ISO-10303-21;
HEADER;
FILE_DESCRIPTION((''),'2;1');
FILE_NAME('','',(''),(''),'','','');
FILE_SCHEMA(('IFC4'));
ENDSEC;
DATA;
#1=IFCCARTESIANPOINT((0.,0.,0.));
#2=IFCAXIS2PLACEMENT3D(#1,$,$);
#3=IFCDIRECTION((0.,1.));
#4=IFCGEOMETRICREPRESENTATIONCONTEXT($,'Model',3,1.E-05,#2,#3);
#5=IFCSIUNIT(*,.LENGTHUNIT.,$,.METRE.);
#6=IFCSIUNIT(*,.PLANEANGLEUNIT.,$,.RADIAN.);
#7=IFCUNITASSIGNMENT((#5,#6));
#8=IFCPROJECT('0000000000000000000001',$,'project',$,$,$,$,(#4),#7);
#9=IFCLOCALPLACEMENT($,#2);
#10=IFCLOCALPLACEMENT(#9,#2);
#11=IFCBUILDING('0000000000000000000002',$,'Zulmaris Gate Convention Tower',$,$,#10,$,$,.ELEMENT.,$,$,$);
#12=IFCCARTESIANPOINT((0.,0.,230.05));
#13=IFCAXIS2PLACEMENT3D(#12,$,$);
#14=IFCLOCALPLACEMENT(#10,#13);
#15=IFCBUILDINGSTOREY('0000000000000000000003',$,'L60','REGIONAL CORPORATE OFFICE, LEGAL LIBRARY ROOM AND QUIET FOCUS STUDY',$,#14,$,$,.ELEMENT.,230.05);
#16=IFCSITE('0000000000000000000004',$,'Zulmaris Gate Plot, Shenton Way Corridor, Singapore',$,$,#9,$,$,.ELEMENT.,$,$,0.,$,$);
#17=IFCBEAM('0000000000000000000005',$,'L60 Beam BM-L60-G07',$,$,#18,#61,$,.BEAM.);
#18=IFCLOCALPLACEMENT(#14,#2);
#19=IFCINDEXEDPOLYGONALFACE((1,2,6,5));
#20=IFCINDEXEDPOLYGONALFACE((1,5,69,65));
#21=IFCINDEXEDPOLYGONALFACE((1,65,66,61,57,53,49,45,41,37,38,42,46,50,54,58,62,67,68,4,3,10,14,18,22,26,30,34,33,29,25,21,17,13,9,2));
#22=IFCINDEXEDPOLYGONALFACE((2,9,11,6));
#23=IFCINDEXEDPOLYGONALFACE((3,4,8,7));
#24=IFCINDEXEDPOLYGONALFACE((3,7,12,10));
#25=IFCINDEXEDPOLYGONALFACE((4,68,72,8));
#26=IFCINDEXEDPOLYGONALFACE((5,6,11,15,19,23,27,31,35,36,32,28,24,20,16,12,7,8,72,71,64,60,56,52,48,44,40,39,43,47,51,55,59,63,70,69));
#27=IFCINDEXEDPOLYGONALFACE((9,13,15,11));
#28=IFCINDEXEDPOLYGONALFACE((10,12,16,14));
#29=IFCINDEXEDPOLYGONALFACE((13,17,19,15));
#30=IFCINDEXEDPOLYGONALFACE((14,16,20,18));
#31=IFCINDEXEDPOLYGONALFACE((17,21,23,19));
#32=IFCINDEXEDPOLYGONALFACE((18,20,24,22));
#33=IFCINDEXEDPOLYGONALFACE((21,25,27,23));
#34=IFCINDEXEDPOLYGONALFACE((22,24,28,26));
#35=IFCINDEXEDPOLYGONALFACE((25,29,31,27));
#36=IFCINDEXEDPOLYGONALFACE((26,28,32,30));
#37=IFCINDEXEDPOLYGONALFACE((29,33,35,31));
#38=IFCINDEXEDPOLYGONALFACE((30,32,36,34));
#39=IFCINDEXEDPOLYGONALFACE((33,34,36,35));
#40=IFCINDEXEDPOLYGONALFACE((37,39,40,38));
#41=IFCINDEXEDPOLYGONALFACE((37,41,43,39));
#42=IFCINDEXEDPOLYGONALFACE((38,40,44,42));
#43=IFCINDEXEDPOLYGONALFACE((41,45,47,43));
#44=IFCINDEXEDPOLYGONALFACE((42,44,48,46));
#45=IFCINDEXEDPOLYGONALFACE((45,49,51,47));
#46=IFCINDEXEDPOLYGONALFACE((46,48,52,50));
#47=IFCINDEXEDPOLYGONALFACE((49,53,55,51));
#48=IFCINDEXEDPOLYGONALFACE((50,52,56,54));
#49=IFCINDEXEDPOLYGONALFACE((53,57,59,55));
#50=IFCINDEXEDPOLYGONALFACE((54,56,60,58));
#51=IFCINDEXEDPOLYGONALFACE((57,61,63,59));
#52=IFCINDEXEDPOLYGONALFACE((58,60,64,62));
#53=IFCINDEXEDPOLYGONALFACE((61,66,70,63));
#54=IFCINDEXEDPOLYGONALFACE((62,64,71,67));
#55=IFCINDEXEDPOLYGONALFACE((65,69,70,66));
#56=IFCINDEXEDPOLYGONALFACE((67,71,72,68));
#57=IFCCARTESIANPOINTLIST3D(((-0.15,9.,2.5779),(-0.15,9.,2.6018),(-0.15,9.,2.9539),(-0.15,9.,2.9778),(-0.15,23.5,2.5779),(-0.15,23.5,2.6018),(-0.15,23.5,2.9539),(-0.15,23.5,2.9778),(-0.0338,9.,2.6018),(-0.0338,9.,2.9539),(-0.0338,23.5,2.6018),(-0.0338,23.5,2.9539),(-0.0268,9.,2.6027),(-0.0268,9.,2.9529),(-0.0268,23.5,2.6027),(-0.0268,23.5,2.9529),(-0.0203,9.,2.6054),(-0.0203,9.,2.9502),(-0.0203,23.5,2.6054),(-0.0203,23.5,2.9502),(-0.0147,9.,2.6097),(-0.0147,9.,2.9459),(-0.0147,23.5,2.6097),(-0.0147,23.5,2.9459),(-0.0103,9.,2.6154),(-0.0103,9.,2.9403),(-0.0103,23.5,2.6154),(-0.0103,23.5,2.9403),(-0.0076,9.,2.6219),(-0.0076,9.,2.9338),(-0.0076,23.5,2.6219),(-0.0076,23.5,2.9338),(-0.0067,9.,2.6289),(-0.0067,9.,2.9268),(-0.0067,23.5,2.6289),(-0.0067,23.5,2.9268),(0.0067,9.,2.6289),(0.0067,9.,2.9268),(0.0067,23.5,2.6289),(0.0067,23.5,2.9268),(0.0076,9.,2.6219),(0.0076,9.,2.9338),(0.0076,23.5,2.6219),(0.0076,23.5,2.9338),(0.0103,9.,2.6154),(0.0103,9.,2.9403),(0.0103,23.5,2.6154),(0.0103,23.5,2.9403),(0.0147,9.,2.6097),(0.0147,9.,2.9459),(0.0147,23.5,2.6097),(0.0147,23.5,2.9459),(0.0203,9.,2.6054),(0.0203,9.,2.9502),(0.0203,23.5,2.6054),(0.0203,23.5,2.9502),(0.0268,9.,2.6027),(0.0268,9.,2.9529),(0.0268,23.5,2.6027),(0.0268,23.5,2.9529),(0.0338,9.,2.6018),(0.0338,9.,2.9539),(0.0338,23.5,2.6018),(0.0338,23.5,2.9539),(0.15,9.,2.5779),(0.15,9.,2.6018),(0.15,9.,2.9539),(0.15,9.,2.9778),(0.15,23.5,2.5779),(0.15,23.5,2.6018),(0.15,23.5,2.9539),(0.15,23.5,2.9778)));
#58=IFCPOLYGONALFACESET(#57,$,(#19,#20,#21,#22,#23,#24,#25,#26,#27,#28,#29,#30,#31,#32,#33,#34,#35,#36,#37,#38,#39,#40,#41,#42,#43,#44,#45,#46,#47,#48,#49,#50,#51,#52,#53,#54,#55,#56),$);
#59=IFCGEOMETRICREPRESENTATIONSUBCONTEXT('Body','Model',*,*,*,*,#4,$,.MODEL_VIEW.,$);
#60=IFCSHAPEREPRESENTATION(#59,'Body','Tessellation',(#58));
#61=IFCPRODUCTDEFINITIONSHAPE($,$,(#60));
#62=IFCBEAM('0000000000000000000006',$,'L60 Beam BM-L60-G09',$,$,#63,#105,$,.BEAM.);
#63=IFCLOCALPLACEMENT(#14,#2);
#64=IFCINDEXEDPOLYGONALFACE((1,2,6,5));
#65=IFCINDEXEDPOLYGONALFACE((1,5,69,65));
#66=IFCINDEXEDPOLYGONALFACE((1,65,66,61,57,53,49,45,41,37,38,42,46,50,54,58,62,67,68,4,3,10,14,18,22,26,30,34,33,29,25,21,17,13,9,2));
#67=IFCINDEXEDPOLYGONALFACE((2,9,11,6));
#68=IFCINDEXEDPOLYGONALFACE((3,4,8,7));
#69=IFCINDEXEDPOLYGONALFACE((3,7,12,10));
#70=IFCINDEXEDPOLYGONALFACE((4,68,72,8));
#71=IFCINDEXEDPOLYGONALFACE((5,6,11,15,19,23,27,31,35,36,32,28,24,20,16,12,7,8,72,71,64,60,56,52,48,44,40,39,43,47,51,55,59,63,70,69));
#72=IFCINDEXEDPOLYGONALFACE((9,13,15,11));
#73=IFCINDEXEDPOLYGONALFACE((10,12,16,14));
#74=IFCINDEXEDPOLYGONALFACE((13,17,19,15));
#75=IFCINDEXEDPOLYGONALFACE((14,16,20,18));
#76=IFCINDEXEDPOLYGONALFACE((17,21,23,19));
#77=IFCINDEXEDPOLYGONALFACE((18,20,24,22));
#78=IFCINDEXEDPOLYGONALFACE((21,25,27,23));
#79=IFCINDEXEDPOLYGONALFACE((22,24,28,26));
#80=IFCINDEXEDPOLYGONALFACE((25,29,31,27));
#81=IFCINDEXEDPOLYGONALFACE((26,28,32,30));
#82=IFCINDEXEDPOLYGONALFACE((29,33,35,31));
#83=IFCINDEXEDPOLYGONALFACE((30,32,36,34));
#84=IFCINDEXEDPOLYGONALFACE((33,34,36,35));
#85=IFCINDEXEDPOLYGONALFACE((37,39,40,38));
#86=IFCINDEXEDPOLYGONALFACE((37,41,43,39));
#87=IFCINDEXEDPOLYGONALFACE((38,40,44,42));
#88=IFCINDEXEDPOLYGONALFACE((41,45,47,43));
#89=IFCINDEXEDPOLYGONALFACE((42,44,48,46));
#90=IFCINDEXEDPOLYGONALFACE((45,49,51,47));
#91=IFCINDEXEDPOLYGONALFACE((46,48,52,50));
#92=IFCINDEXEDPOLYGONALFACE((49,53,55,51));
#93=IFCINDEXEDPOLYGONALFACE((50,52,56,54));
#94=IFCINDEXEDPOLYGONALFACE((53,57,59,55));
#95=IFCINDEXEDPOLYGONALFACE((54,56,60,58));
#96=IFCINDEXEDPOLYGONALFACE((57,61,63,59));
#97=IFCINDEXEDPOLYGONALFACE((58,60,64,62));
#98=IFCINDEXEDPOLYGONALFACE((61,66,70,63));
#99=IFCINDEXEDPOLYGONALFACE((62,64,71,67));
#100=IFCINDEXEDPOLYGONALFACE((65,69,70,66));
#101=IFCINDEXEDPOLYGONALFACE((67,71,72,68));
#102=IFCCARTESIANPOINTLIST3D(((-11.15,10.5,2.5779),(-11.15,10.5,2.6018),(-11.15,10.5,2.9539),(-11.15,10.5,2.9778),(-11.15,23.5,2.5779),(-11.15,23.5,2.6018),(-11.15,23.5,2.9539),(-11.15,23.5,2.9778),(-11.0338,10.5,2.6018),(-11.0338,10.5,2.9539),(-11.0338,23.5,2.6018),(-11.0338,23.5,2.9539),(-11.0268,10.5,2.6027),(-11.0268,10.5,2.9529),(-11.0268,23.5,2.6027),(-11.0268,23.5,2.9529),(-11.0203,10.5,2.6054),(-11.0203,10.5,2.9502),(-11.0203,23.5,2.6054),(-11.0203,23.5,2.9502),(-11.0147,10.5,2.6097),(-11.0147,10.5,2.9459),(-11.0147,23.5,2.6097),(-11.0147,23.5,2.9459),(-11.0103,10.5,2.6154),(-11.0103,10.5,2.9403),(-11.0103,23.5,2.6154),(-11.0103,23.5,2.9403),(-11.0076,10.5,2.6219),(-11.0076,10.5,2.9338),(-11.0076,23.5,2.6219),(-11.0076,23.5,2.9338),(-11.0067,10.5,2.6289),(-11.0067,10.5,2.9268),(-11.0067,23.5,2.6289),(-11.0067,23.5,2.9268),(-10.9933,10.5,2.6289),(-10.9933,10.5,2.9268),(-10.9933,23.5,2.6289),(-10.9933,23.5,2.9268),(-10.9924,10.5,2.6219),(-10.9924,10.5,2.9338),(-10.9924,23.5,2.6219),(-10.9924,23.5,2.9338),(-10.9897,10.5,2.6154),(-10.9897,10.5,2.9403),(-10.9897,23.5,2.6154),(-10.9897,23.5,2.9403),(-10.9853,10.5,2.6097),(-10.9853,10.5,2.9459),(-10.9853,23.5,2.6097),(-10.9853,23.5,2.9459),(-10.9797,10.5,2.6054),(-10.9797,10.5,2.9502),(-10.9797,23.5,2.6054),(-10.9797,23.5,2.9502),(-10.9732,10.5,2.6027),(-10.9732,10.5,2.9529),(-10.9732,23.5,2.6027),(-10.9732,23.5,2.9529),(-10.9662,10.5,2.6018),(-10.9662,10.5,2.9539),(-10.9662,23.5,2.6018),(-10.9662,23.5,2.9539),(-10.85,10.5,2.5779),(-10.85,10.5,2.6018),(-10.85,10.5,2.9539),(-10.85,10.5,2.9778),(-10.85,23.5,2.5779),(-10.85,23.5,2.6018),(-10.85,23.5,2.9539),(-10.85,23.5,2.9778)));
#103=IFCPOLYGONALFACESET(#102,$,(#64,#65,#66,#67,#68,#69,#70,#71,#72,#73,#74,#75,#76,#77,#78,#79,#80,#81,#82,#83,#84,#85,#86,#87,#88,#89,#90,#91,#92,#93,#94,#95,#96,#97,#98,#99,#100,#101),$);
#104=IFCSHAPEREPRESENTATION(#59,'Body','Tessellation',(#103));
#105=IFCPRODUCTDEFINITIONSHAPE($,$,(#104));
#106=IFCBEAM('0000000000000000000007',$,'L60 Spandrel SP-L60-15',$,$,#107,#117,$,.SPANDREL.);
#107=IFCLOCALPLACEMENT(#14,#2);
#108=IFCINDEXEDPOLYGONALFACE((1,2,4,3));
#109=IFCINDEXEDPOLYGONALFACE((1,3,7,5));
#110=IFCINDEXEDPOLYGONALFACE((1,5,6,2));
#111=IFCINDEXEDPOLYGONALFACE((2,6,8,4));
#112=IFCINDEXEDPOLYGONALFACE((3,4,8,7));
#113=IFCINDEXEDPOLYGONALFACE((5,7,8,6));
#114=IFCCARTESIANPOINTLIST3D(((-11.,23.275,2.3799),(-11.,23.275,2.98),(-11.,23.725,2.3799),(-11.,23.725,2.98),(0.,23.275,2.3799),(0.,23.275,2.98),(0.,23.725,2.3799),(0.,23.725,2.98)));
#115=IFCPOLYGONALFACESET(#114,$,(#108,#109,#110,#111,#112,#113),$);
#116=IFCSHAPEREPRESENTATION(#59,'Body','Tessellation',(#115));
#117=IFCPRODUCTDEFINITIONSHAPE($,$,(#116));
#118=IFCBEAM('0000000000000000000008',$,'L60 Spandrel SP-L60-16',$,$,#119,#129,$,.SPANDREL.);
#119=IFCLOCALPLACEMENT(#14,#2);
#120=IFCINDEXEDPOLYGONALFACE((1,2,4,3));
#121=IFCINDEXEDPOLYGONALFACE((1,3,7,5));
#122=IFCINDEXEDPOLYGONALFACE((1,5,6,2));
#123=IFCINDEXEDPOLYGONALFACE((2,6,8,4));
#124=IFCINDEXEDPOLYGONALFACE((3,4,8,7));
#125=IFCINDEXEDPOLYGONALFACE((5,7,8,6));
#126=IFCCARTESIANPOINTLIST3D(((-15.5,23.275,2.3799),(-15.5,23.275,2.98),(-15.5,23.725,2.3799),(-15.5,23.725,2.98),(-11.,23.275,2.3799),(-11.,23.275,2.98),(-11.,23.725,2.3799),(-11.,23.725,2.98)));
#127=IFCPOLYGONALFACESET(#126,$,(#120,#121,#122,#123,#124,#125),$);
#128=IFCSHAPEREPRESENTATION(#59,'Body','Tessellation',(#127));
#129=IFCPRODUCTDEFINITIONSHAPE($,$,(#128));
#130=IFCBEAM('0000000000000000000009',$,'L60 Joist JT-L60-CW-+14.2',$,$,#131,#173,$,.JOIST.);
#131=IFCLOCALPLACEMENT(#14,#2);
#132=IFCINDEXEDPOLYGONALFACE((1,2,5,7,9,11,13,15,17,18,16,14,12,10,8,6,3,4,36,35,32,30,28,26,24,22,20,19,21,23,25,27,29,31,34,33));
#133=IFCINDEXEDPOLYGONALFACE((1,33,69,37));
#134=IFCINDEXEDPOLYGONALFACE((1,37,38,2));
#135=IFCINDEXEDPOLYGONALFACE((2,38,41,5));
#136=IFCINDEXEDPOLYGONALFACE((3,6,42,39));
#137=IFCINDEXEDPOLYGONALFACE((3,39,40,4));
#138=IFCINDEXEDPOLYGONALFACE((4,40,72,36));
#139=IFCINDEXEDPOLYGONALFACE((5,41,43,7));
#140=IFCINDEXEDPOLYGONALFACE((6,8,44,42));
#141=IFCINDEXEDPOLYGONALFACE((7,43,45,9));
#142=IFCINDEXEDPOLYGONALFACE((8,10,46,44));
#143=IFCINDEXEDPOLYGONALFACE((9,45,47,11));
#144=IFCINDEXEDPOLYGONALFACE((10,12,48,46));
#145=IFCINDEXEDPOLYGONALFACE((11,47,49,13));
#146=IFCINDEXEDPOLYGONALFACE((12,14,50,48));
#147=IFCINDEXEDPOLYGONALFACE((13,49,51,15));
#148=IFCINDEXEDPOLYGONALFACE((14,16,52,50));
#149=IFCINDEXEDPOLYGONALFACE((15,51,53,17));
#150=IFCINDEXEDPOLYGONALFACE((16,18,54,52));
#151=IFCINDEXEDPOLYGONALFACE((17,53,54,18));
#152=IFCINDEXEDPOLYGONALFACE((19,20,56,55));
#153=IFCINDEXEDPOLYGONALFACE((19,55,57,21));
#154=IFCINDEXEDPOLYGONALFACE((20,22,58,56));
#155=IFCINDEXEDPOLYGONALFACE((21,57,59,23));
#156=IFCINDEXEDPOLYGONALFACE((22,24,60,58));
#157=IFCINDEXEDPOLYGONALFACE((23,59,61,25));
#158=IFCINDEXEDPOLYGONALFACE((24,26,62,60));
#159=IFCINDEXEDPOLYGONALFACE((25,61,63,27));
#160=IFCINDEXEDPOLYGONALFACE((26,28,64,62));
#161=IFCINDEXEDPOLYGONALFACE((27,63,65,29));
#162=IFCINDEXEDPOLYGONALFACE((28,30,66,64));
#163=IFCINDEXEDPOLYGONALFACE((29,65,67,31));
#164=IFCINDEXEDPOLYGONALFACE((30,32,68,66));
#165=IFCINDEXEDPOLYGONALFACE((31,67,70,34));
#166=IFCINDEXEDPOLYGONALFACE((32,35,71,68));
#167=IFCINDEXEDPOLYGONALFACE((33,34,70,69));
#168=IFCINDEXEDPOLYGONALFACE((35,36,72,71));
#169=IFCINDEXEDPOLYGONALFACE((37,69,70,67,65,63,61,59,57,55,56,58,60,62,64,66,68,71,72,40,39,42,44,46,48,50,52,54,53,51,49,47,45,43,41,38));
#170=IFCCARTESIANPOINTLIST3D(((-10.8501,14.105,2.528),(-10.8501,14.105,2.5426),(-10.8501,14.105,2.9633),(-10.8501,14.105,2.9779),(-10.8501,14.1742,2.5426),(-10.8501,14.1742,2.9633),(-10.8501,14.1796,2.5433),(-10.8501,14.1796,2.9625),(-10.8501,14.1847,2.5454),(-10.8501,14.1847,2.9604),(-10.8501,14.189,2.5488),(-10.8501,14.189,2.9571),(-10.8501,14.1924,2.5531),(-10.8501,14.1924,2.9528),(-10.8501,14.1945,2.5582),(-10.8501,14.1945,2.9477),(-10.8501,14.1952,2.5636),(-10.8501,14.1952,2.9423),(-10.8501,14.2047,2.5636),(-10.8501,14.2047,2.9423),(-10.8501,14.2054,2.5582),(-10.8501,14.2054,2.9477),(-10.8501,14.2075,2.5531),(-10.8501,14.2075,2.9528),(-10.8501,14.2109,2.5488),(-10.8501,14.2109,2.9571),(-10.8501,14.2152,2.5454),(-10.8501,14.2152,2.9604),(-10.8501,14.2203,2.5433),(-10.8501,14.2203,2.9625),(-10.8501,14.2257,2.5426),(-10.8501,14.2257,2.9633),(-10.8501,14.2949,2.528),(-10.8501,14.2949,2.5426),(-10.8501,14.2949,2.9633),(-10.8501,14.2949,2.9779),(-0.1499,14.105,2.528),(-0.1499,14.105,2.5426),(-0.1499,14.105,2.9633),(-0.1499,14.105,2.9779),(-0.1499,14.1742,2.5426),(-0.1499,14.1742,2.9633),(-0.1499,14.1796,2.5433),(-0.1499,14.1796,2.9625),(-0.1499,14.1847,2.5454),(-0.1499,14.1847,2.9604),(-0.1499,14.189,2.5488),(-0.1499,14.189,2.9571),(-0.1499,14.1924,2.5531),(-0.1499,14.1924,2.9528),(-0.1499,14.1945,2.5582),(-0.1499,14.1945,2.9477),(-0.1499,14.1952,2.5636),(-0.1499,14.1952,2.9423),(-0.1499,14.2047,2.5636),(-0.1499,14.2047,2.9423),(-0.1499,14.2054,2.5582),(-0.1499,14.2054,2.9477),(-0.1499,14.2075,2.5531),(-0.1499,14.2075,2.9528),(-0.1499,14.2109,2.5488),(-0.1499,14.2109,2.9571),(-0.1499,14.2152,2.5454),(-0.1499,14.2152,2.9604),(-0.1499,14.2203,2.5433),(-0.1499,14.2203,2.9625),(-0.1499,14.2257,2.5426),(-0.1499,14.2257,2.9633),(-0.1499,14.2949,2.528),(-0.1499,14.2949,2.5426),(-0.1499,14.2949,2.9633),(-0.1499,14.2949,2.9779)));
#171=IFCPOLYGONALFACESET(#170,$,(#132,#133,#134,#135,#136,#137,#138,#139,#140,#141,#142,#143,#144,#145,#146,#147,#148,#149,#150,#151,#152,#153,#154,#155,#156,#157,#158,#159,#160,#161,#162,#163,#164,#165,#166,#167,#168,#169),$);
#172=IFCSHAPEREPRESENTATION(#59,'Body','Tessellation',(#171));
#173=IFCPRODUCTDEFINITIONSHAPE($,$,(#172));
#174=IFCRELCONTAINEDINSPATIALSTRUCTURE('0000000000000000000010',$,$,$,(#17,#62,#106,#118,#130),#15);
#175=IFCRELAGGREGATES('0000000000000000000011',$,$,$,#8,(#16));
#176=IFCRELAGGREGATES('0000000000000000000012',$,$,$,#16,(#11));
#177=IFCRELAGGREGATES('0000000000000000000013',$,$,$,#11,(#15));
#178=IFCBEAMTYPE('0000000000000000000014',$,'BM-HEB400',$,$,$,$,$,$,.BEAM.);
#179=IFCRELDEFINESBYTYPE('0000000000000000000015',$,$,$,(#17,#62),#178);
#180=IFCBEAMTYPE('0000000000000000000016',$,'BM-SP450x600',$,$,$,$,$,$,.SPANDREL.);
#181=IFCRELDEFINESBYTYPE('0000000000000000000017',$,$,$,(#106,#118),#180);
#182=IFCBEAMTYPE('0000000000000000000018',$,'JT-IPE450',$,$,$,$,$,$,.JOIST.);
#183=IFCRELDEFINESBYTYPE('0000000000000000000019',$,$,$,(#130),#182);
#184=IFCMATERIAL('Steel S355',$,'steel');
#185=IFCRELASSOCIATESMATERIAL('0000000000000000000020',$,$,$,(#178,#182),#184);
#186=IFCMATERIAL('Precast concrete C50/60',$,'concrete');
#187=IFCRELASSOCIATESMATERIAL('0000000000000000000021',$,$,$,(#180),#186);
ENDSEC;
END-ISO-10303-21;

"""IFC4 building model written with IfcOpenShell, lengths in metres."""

from ifc_helpers import new_model, si_unit, direction, frame, origin, origin_2d, place, context, subcontext, project, spatial, rectangle, i_section, extrude, material, material_profile, profile_set, type_object, element, save


model = new_model("IFC4")

# Units and contexts
model_context = context("Model", 3, precision=1e-05, world=origin(), true_north=direction((0.0, 1.0)))
body_context = subcontext(model_context, "Body", "Model", "MODEL_VIEW")
ifc_project = project(units=[si_unit("LENGTHUNIT", "METRE"), si_unit("PLANEANGLEUNIT", "RADIAN")], contexts=[model_context])

# Site, building, storey
site_placement = place(None, origin())
site = spatial("IfcSite", under=ifc_project, at=site_placement, Name="Zulmaris Gate Plot, Shenton Way Corridor, Singapore", CompositionType="ELEMENT", RefElevation=0.0)
building_placement = place(site_placement, origin())
building = spatial("IfcBuilding", under=site, at=building_placement, Name="Zulmaris Gate Convention Tower", CompositionType="ELEMENT")
storey_placement = place(building_placement, frame((0.0, 0.0, 230.05)))
storey = spatial("IfcBuildingStorey", under=building, at=storey_placement, Name="L60", Description="REGIONAL CORPORATE OFFICE, LEGAL LIBRARY ROOM AND QUIET FOCUS STUDY", CompositionType="ELEMENT", Elevation=230.05)

# Beams
ifc_material_1 = material(Name="Steel S355", Category="steel")
ifc_material_profile_1 = material_profile(ifc_material_1, i_section(OverallWidth=0.3, OverallDepth=0.3999, WebThickness=0.0134, FlangeThickness=0.0239, FilletRadius=0.0271, at=origin_2d()), Name="HEB 400")
ifc_profile_set_1 = profile_set([ifc_material_profile_1], Name="Steel S355")
beam_type_1 = type_object("IfcBeamType", Name="BM-HEB400", PredefinedType="BEAM", material=ifc_profile_set_1)
beam_1_placement = place(storey_placement, frame((0.0, 9.0, 2.7778), z_axis=(0.0, 1.0, 0.0), x_axis=(-1.0, 0.0, 0.0)))
element("IfcBeam", 1, at=beam_1_placement, inside=storey, type_object=beam_type_1, Name="L60 Beam BM-L60-G07", PredefinedType="BEAM", context=body_context, shape_type="SweptSolid", body=[
    extrude(i_section(OverallWidth=0.3, OverallDepth=0.3999, WebThickness=0.0134, FlangeThickness=0.0239, FilletRadius=0.0271, at=origin_2d()), origin(), (0.0, 0.0, 1.0), 14.5),
])
beam_2_placement = place(storey_placement, frame((-11.0, 10.5, 2.7778), z_axis=(0.0, 1.0, 0.0), x_axis=(-1.0, 0.0, 0.0)))
element("IfcBeam", 2, at=beam_2_placement, inside=storey, type_object=beam_type_1, Name="L60 Beam BM-L60-G09", PredefinedType="BEAM", context=body_context, shape_type="SweptSolid", body=[
    extrude(i_section(OverallWidth=0.3, OverallDepth=0.3999, WebThickness=0.0134, FlangeThickness=0.0239, FilletRadius=0.0271, at=origin_2d()), origin(), (0.0, 0.0, 1.0), 13.0),
])
ifc_material_2 = material(Name="Precast concrete C50/60", Category="concrete")
ifc_material_profile_2 = material_profile(ifc_material_2, rectangle(XDim=0.45, YDim=0.6001, at=origin_2d()), Name="RC SPANDREL 450x600")
ifc_profile_set_2 = profile_set([ifc_material_profile_2], Name="Precast concrete C50/60")
beam_type_2 = type_object("IfcBeamType", Name="BM-SP450x600", PredefinedType="SPANDREL", material=ifc_profile_set_2)
beam_3_placement = place(storey_placement, frame((0.0, 23.5, 2.6799), z_axis=(-1.0, 0.0, 0.0), x_axis=(0.0, -1.0, 0.0)))
element("IfcBeam", 3, at=beam_3_placement, inside=storey, type_object=beam_type_2, Name="L60 Spandrel SP-L60-15", PredefinedType="SPANDREL", context=body_context, shape_type="SweptSolid", body=[
    extrude(rectangle(XDim=0.45, YDim=0.6001, at=origin_2d()), origin(), (0.0, 0.0, 1.0), 11.0),
])
beam_4_placement = place(storey_placement, frame((-11.0, 23.5, 2.6799), z_axis=(-1.0, 0.0, 0.0), x_axis=(0.0, -1.0, 0.0)))
element("IfcBeam", 4, at=beam_4_placement, inside=storey, type_object=beam_type_2, Name="L60 Spandrel SP-L60-16", PredefinedType="SPANDREL", context=body_context, shape_type="SweptSolid", body=[
    extrude(rectangle(XDim=0.45, YDim=0.6001, at=origin_2d()), origin(), (0.0, 0.0, 1.0), 4.5),
])
ifc_material_profile_3 = material_profile(ifc_material_1, i_section(OverallWidth=0.1899, OverallDepth=0.45, WebThickness=0.0095, FlangeThickness=0.0146, FilletRadius=0.021, at=origin_2d()), Name="IPE 450")
ifc_profile_set_3 = profile_set([ifc_material_profile_3], Name="Steel S355")
beam_type_3 = type_object("IfcBeamType", Name="JT-IPE450", PredefinedType="JOIST", material=ifc_profile_set_3)
for number, where, z_axis, x_axis, name in (
    (5, (-10.8501, 14.2, 2.7529), (1.0, 0.0, 0.0), (0.0, 1.0, 0.0), "L60 Joist JT-L60-CW-+14.2"),
):
    element("IfcBeam", number, at=place(storey_placement, frame(where, z_axis=z_axis, x_axis=x_axis)), inside=storey, type_object=beam_type_3, Name=name, PredefinedType="JOIST", context=body_context, shape_type="SweptSolid", body=[
        extrude(i_section(OverallWidth=0.1899, OverallDepth=0.45, WebThickness=0.0095, FlangeThickness=0.0146, FilletRadius=0.021, at=origin_2d()), origin(), (0.0, 0.0, 1.0), 10.7002),
    ])

save(model, "model.ifc")
